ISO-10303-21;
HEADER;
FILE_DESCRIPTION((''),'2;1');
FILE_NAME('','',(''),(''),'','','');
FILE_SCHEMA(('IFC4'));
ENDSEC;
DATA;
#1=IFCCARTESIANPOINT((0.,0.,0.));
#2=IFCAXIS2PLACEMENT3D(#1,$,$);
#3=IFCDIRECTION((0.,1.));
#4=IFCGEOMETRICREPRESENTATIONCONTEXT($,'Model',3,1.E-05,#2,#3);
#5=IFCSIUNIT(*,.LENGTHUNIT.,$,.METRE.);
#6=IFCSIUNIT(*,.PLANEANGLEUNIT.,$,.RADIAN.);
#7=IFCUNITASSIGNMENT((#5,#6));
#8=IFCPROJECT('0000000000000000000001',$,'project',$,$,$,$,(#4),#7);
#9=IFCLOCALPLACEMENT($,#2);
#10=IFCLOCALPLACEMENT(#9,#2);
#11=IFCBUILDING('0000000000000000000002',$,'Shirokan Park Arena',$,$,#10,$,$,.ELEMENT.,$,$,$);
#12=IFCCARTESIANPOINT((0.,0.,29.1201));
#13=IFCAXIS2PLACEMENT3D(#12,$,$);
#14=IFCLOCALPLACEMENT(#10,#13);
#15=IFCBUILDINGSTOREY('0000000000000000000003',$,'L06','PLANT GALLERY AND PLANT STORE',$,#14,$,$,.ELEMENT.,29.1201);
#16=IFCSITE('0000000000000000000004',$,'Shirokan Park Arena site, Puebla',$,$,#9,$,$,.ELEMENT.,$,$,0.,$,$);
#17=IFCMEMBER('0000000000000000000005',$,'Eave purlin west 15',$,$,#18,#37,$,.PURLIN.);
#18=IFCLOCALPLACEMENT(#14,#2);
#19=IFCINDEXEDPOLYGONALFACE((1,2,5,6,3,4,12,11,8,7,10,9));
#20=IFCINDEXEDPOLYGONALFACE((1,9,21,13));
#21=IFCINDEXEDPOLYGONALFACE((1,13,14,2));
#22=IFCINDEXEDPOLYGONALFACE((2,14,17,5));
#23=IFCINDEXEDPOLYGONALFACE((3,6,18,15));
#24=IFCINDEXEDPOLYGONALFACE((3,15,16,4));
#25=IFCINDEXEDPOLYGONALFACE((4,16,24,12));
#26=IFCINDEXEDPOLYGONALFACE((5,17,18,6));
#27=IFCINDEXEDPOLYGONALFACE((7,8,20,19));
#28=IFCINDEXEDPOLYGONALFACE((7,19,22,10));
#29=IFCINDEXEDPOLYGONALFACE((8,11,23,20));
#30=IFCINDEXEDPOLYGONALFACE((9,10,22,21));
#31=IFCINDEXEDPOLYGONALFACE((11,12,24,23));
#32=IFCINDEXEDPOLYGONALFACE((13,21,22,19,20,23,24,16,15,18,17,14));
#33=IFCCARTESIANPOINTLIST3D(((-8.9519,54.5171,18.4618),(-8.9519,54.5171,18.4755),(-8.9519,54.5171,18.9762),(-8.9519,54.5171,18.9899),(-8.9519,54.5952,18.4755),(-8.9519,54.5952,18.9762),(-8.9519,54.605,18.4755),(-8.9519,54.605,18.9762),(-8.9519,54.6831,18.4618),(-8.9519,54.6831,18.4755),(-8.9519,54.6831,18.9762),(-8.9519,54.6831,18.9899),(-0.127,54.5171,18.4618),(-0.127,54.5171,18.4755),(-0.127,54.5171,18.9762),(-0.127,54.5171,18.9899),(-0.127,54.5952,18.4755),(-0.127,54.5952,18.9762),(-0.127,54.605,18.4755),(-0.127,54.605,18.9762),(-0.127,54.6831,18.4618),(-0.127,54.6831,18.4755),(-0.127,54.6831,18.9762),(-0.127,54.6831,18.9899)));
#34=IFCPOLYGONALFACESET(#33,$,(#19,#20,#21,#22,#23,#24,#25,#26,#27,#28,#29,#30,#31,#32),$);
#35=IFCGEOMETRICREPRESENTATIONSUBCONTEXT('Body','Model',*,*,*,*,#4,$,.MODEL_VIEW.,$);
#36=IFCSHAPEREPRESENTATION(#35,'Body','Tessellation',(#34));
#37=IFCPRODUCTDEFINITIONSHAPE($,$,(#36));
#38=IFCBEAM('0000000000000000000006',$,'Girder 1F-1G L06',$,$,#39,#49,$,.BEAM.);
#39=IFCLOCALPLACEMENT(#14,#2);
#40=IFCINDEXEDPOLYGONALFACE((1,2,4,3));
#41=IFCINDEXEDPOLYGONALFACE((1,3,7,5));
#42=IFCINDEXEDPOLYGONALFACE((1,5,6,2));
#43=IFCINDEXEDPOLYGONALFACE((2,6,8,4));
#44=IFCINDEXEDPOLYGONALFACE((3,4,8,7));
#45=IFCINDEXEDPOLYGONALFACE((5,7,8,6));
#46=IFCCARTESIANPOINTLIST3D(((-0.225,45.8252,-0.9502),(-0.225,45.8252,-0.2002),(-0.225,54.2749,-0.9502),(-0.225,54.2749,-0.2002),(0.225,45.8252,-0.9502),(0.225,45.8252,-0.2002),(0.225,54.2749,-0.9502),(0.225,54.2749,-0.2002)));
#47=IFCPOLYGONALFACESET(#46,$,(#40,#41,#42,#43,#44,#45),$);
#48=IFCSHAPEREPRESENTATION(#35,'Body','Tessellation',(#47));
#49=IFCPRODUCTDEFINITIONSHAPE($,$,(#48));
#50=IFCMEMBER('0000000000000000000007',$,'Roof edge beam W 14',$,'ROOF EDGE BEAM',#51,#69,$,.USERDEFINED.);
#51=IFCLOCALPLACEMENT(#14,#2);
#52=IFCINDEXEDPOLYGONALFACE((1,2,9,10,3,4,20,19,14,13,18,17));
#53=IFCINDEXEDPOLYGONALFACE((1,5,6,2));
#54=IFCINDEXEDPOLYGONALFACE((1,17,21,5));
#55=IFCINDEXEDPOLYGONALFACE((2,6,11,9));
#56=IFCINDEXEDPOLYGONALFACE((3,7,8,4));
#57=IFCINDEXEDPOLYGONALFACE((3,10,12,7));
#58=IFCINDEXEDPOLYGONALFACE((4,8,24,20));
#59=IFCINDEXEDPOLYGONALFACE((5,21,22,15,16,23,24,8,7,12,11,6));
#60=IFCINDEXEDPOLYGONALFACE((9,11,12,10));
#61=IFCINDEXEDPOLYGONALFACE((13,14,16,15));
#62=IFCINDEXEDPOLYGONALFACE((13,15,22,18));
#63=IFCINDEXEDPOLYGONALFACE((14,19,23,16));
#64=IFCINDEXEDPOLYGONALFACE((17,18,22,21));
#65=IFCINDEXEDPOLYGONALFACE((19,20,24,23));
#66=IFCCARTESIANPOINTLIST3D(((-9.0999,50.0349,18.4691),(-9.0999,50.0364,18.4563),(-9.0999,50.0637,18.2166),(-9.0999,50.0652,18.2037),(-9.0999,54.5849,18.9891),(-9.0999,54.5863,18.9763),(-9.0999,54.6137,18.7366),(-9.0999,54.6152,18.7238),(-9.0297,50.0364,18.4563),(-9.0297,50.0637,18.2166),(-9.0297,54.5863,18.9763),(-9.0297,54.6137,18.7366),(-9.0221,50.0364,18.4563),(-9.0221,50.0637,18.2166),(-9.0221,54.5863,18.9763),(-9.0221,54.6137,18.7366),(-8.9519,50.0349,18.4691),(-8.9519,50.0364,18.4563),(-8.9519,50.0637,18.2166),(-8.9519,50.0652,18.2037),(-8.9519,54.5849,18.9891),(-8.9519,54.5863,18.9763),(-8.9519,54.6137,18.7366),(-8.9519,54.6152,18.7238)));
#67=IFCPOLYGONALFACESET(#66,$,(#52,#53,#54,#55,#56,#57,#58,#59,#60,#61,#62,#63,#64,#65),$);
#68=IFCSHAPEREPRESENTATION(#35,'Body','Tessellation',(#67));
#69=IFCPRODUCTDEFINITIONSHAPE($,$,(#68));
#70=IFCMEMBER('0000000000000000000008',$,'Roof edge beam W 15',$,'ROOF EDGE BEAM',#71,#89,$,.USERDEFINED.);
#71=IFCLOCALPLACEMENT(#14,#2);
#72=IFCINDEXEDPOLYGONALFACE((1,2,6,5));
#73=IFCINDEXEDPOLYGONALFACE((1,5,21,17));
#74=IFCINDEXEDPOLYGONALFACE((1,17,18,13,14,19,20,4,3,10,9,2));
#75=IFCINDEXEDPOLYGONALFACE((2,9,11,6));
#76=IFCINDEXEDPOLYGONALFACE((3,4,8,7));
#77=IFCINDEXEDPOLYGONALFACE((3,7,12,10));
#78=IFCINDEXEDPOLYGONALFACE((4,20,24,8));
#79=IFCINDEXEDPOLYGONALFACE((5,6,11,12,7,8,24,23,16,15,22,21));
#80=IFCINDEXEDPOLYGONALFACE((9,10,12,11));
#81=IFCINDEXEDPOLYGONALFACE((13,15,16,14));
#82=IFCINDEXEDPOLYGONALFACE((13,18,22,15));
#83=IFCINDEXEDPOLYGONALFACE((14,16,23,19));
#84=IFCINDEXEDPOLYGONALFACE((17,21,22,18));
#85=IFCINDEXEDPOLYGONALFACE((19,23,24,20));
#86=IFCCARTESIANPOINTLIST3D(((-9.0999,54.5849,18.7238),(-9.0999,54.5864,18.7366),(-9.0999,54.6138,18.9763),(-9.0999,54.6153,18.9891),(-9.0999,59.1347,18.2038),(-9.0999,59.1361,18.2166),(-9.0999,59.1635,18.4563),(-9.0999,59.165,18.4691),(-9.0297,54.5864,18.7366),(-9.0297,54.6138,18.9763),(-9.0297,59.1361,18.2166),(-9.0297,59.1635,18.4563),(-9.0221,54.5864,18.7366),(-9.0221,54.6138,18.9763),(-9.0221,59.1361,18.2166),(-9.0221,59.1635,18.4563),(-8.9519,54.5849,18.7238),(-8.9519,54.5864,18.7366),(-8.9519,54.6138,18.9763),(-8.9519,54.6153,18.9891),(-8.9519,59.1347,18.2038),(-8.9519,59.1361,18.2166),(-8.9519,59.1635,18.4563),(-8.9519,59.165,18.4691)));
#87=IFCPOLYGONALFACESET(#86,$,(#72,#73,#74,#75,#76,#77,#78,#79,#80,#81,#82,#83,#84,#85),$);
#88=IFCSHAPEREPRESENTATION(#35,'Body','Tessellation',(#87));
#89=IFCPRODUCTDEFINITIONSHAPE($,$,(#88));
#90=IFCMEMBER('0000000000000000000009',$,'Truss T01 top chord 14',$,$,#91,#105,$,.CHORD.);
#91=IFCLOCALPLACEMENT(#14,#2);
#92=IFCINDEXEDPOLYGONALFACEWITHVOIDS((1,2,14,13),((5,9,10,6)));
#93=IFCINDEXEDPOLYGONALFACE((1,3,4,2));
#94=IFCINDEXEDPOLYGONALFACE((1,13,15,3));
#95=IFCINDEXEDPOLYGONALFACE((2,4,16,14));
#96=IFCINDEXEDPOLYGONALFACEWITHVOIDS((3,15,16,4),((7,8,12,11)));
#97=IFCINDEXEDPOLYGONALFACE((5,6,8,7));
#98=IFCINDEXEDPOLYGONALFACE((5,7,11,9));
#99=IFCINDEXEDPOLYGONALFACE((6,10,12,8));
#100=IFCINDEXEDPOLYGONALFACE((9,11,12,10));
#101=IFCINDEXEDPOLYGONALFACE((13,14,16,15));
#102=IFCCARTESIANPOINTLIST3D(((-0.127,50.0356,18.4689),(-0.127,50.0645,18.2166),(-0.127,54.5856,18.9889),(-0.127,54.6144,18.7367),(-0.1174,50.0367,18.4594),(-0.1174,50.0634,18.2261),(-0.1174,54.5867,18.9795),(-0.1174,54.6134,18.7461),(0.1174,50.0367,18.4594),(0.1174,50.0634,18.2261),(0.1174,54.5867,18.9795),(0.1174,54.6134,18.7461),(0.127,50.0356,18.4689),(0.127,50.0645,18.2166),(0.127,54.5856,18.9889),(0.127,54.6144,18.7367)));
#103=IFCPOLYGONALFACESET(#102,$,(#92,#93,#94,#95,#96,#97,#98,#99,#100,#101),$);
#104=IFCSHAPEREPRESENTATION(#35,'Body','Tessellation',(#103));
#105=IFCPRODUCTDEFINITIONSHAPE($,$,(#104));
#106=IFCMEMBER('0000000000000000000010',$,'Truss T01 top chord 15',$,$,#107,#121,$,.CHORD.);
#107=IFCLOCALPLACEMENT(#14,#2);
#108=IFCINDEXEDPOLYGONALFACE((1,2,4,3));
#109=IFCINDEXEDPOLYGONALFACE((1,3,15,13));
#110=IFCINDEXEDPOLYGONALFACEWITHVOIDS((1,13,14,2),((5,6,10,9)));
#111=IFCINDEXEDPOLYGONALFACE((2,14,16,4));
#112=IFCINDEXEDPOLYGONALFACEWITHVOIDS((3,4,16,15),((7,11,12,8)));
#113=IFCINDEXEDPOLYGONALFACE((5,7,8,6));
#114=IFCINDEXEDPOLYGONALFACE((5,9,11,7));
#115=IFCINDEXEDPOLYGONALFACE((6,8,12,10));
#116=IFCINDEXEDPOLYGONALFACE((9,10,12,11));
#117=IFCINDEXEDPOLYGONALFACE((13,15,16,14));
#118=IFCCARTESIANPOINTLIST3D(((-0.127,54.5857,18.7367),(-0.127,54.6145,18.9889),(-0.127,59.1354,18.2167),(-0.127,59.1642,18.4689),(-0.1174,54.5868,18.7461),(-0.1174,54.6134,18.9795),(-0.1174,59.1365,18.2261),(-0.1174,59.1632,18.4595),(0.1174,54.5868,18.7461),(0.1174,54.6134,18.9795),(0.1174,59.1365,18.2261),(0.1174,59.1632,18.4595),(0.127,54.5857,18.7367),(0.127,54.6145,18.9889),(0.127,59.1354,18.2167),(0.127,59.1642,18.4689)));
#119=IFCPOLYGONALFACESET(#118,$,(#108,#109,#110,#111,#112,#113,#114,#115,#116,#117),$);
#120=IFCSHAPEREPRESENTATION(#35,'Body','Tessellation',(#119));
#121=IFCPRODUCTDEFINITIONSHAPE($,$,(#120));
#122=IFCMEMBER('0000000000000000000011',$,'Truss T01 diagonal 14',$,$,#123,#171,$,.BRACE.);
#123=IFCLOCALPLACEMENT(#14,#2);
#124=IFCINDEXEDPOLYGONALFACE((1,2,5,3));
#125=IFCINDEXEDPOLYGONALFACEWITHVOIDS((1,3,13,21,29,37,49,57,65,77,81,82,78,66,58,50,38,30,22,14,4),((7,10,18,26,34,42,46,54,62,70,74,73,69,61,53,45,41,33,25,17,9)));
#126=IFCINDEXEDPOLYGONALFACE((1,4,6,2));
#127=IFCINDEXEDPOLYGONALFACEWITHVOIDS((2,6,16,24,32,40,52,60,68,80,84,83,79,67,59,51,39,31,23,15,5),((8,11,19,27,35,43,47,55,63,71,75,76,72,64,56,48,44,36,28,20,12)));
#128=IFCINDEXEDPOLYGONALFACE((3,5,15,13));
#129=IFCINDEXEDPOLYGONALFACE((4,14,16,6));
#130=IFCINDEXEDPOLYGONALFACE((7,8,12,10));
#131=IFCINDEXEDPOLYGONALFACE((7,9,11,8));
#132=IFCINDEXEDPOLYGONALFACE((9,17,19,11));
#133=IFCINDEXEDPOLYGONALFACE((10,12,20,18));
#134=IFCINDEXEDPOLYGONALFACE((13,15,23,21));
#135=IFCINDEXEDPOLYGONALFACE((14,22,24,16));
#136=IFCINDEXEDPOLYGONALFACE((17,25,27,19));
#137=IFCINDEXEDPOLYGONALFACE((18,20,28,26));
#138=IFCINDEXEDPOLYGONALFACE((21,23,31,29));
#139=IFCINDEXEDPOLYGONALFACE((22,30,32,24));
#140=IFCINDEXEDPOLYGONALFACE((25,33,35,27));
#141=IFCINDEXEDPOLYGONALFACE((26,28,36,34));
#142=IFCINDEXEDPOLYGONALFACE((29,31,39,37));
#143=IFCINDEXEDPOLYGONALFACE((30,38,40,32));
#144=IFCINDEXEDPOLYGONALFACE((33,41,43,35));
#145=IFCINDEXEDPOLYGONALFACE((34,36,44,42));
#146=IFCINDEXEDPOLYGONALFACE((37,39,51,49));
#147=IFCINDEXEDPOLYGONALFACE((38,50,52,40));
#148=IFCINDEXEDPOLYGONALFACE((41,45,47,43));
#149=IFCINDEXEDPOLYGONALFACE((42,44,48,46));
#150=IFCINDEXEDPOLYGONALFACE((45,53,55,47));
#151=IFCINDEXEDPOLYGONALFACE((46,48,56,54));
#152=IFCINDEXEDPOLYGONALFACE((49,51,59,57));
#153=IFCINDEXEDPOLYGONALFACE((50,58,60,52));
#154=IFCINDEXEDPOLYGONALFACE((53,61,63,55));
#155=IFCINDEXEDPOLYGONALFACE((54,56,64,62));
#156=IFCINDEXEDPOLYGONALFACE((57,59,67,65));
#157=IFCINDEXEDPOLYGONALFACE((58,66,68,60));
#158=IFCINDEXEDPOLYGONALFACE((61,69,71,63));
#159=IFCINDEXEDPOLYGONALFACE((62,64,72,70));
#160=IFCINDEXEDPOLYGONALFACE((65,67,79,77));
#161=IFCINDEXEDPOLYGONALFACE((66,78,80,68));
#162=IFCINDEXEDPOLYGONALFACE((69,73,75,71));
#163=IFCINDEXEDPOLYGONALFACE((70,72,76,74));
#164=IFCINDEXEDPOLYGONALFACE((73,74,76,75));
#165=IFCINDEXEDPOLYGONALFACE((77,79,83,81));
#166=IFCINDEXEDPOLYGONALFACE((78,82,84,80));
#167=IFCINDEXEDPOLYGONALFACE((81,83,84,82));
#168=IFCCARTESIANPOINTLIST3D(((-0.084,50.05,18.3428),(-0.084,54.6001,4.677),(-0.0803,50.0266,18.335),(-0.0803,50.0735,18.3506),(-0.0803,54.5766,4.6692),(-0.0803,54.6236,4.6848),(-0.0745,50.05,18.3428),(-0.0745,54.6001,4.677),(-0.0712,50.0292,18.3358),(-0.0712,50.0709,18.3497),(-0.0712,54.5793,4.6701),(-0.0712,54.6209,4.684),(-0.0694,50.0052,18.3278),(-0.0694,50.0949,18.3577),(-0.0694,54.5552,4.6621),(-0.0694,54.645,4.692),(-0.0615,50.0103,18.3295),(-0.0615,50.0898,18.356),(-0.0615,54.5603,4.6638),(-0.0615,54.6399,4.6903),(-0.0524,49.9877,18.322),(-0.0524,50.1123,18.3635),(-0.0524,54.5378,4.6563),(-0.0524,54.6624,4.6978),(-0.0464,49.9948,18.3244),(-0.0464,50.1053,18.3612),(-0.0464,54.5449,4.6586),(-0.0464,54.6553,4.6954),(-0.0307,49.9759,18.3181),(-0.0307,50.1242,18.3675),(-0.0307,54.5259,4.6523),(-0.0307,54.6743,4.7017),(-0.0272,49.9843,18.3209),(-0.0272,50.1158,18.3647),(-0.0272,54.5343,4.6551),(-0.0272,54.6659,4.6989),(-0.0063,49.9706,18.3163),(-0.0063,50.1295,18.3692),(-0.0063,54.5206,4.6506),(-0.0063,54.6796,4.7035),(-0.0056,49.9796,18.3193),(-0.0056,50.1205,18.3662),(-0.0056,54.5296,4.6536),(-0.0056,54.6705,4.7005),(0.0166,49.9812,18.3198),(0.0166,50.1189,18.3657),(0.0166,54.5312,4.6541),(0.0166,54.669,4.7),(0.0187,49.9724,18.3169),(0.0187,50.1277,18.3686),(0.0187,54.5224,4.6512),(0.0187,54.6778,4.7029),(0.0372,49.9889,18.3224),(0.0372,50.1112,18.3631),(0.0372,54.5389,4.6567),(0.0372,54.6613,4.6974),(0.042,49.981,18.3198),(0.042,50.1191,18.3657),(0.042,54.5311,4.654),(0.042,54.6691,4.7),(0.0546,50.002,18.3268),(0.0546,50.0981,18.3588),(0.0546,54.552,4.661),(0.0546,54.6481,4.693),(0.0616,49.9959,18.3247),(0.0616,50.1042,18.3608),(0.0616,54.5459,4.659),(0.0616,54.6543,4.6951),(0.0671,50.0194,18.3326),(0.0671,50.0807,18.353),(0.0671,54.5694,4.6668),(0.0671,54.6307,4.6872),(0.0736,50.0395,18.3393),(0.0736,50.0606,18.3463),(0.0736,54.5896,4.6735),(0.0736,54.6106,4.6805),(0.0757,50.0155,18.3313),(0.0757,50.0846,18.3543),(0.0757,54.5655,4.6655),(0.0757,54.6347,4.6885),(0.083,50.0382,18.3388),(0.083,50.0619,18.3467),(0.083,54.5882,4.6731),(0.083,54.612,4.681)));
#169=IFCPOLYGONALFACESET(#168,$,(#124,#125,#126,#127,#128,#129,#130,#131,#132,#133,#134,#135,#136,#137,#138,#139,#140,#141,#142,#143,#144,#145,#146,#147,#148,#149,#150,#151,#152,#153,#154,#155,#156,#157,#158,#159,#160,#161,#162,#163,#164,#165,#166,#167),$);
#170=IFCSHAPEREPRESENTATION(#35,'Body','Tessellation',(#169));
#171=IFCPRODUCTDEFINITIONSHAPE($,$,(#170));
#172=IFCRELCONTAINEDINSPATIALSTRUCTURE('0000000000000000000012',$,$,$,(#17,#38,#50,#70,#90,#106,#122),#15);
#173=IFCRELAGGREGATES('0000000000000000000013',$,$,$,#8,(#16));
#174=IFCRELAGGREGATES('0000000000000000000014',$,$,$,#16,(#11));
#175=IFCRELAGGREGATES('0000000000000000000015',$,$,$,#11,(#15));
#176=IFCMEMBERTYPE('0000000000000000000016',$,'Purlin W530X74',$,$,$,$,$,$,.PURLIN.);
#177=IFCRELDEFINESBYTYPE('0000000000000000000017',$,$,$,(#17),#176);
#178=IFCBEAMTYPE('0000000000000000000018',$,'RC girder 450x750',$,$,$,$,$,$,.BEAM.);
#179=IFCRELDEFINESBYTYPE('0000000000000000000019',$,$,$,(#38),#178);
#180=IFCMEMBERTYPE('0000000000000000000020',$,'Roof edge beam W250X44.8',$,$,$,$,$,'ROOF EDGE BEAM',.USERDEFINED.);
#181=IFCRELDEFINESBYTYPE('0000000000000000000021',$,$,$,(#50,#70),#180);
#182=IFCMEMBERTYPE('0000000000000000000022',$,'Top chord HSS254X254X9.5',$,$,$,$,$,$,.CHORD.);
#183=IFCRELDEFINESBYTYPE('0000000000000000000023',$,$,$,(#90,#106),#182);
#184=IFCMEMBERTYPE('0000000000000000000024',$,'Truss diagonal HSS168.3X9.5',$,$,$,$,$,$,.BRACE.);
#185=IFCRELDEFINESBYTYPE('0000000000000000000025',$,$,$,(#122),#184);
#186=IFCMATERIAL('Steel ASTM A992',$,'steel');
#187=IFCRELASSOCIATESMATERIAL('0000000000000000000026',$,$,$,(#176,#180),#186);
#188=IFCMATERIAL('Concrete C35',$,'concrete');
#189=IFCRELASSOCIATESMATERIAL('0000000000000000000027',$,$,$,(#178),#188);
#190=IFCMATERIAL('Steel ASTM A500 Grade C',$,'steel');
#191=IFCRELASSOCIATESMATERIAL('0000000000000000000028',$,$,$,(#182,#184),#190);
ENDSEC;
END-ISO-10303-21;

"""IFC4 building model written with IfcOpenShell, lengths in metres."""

from ifc_helpers import new_model, si_unit, direction, frame, origin, origin_2d, place, context, subcontext, project, spatial, rectangle, hollow_rectangle, hollow_circle, i_section, extrude, material, material_profile, profile_set, type_object, element, save


model = new_model("IFC4")

# Units and contexts
model_context = context("Model", 3, precision=1e-05, world=origin(), true_north=direction((0.0, 1.0)))
body_context = subcontext(model_context, "Body", "Model", "MODEL_VIEW")
ifc_project = project(units=[si_unit("LENGTHUNIT", "METRE"), si_unit("PLANEANGLEUNIT", "RADIAN")], contexts=[model_context])

# Site, building, storey
site_placement = place(None, origin())
site = spatial("IfcSite", under=ifc_project, at=site_placement, Name="Shirokan Park Arena site, Puebla", CompositionType="ELEMENT", RefElevation=0.0)
building_placement = place(site_placement, origin())
building = spatial("IfcBuilding", under=site, at=building_placement, Name="Shirokan Park Arena", CompositionType="ELEMENT")
storey_placement = place(building_placement, frame((0.0, 0.0, 29.1201)))
storey = spatial("IfcBuildingStorey", under=building, at=storey_placement, Name="L06", Description="PLANT GALLERY AND PLANT STORE", CompositionType="ELEMENT", Elevation=29.1201)

# Shared definitions
ifc_material_1 = material(Name="Concrete C35", Category="concrete")

# Member
ifc_material_2 = material(Name="Steel ASTM A500 Grade C", Category="steel")
ifc_material_3 = material(Name="Steel ASTM A992", Category="steel")
ifc_material_profile_1 = material_profile(ifc_material_3, i_section(OverallWidth=0.166, OverallDepth=0.5281, WebThickness=0.0098, FlangeThickness=0.0137, at=origin_2d()), Name="W530X74")
ifc_profile_set_1 = profile_set([ifc_material_profile_1], Name="Steel ASTM A992")
member_type_1 = type_object("IfcMemberType", Name="Purlin W530X74", PredefinedType="PURLIN", material=ifc_profile_set_1)
for number, where, z_axis, x_axis, name in (
    (1, (-8.9519, 54.6001, 18.7258), (1.0, 0.0, 0.0), (0.0, 1.0, 0.0), "Eave purlin west 15"),
):
    element("IfcMember", number, at=place(storey_placement, frame(where, z_axis=z_axis, x_axis=x_axis)), inside=storey, type_object=member_type_1, Name=name, PredefinedType="PURLIN", context=body_context, shape_type="SweptSolid", body=[
        extrude(i_section(OverallWidth=0.166, OverallDepth=0.5281, WebThickness=0.0098, FlangeThickness=0.0137, at=origin_2d()), origin(), (0.0, 0.0, 1.0), 8.825),
    ])

# Beam
ifc_material_profile_2 = material_profile(ifc_material_1, rectangle(XDim=0.45, YDim=0.75, at=origin_2d()), Name="450x750")
ifc_profile_set_2 = profile_set([ifc_material_profile_2], Name="Concrete C35")
beam_type = type_object("IfcBeamType", Name="RC girder 450x750", PredefinedType="BEAM", material=ifc_profile_set_2)
beam_placement = place(storey_placement, frame((0.0, 45.8252, -0.5752), z_axis=(0.0, 1.0, 0.0), x_axis=(-1.0, 0.0, 0.0)))
element("IfcBeam", 2, at=beam_placement, inside=storey, type_object=beam_type, Name="Girder 1F-1G L06", PredefinedType="BEAM", context=body_context, shape_type="SweptSolid", body=[
    extrude(rectangle(XDim=0.45, YDim=0.75, at=origin_2d()), origin(), (0.0, 0.0, 1.0), 8.4497),
])

# Members
ifc_material_profile_3 = material_profile(ifc_material_3, i_section(OverallWidth=0.1479, OverallDepth=0.2671, WebThickness=0.0076, FlangeThickness=0.0129, at=origin_2d()), Name="W250X44.8")
ifc_profile_set_3 = profile_set([ifc_material_profile_3], Name="Steel ASTM A992")
member_type_2 = type_object("IfcMemberType", Name="Roof edge beam W250X44.8", ElementType="ROOF EDGE BEAM", PredefinedType="USERDEFINED", material=ifc_profile_set_3)
member_1_placement = place(storey_placement, frame((-9.0259, 50.05, 18.3364), z_axis=(0.0, 0.993532, 0.11355), x_axis=(-1.0, 0.0, 0.0)))
element("IfcMember", 3, at=member_1_placement, inside=storey, type_object=member_type_2, Name="Roof edge beam W 14", ObjectType="ROOF EDGE BEAM", PredefinedType="USERDEFINED", context=body_context, shape_type="SweptSolid", body=[
    extrude(i_section(OverallWidth=0.1479, OverallDepth=0.2671, WebThickness=0.0076, FlangeThickness=0.0129, at=origin_2d()), origin(), (0.0, 0.0, 1.0), 4.5796),
])
member_2_placement = place(storey_placement, frame((-9.0259, 54.6001, 18.8564), z_axis=(0.0, 0.993532, -0.113556), x_axis=(-1.0, 0.0, 0.0)))
element("IfcMember", 4, at=member_2_placement, inside=storey, type_object=member_type_2, Name="Roof edge beam W 15", ObjectType="ROOF EDGE BEAM", PredefinedType="USERDEFINED", context=body_context, shape_type="SweptSolid", body=[
    extrude(i_section(OverallWidth=0.1479, OverallDepth=0.2671, WebThickness=0.0076, FlangeThickness=0.0129, at=origin_2d()), origin(), (0.0, 0.0, 1.0), 4.5793),
])
ifc_material_profile_4 = material_profile(ifc_material_2, hollow_rectangle(XDim=0.2539, YDim=0.2539, WallThickness=0.0095, at=origin_2d()), Name="HSS254X254X9.5")
ifc_profile_set_4 = profile_set([ifc_material_profile_4], Name="Steel ASTM A500 Grade C")
member_type_3 = type_object("IfcMemberType", Name="Top chord HSS254X254X9.5", PredefinedType="CHORD", material=ifc_profile_set_4)
member_3_placement = place(storey_placement, frame((0.0, 50.05, 18.3428), z_axis=(0.0, 0.993532, 0.11355), x_axis=(-1.0, 0.0, 0.0)))
element("IfcMember", 5, at=member_3_placement, inside=storey, type_object=member_type_3, Name="Truss T01 top chord 14", PredefinedType="CHORD", context=body_context, shape_type="SweptSolid", body=[
    extrude(hollow_rectangle(XDim=0.2539, YDim=0.2539, WallThickness=0.0095, at=origin_2d()), origin(), (0.0, 0.0, 1.0), 4.5796),
])
member_4_placement = place(storey_placement, frame((0.0, 54.6001, 18.8628), z_axis=(0.0, 0.993532, -0.113556), x_axis=(-1.0, 0.0, 0.0)))
element("IfcMember", 6, at=member_4_placement, inside=storey, type_object=member_type_3, Name="Truss T01 top chord 15", PredefinedType="CHORD", context=body_context, shape_type="SweptSolid", body=[
    extrude(hollow_rectangle(XDim=0.2539, YDim=0.2539, WallThickness=0.0095, at=origin_2d()), origin(), (0.0, 0.0, 1.0), 4.5793),
])
ifc_material_profile_5 = material_profile(ifc_material_2, hollow_circle(Radius=0.084, WallThickness=0.0095, at=origin_2d()), Name="HSS168.3X9.5")
ifc_profile_set_5 = profile_set([ifc_material_profile_5], Name="Steel ASTM A500 Grade C")
member_type_4 = type_object("IfcMemberType", Name="Truss diagonal HSS168.3X9.5", PredefinedType="BRACE", material=ifc_profile_set_5)
for number, where, z_axis, x_axis, name in (
    (7, (0.0, 50.05, 18.3428), (0.0, 0.315902, -0.948792), (-1.0, 0.0, 0.0), "Truss T01 diagonal 14"),
):
    element("IfcMember", number, at=place(storey_placement, frame(where, z_axis=z_axis, x_axis=x_axis)), inside=storey, type_object=member_type_4, Name=name, PredefinedType="BRACE", context=body_context, shape_type="SweptSolid", body=[
        extrude(hollow_circle(Radius=0.084, WallThickness=0.0095, at=origin_2d()), origin(), (0.0, 0.0, 1.0), 14.4033),
    ])

save(model, "model.ifc")
